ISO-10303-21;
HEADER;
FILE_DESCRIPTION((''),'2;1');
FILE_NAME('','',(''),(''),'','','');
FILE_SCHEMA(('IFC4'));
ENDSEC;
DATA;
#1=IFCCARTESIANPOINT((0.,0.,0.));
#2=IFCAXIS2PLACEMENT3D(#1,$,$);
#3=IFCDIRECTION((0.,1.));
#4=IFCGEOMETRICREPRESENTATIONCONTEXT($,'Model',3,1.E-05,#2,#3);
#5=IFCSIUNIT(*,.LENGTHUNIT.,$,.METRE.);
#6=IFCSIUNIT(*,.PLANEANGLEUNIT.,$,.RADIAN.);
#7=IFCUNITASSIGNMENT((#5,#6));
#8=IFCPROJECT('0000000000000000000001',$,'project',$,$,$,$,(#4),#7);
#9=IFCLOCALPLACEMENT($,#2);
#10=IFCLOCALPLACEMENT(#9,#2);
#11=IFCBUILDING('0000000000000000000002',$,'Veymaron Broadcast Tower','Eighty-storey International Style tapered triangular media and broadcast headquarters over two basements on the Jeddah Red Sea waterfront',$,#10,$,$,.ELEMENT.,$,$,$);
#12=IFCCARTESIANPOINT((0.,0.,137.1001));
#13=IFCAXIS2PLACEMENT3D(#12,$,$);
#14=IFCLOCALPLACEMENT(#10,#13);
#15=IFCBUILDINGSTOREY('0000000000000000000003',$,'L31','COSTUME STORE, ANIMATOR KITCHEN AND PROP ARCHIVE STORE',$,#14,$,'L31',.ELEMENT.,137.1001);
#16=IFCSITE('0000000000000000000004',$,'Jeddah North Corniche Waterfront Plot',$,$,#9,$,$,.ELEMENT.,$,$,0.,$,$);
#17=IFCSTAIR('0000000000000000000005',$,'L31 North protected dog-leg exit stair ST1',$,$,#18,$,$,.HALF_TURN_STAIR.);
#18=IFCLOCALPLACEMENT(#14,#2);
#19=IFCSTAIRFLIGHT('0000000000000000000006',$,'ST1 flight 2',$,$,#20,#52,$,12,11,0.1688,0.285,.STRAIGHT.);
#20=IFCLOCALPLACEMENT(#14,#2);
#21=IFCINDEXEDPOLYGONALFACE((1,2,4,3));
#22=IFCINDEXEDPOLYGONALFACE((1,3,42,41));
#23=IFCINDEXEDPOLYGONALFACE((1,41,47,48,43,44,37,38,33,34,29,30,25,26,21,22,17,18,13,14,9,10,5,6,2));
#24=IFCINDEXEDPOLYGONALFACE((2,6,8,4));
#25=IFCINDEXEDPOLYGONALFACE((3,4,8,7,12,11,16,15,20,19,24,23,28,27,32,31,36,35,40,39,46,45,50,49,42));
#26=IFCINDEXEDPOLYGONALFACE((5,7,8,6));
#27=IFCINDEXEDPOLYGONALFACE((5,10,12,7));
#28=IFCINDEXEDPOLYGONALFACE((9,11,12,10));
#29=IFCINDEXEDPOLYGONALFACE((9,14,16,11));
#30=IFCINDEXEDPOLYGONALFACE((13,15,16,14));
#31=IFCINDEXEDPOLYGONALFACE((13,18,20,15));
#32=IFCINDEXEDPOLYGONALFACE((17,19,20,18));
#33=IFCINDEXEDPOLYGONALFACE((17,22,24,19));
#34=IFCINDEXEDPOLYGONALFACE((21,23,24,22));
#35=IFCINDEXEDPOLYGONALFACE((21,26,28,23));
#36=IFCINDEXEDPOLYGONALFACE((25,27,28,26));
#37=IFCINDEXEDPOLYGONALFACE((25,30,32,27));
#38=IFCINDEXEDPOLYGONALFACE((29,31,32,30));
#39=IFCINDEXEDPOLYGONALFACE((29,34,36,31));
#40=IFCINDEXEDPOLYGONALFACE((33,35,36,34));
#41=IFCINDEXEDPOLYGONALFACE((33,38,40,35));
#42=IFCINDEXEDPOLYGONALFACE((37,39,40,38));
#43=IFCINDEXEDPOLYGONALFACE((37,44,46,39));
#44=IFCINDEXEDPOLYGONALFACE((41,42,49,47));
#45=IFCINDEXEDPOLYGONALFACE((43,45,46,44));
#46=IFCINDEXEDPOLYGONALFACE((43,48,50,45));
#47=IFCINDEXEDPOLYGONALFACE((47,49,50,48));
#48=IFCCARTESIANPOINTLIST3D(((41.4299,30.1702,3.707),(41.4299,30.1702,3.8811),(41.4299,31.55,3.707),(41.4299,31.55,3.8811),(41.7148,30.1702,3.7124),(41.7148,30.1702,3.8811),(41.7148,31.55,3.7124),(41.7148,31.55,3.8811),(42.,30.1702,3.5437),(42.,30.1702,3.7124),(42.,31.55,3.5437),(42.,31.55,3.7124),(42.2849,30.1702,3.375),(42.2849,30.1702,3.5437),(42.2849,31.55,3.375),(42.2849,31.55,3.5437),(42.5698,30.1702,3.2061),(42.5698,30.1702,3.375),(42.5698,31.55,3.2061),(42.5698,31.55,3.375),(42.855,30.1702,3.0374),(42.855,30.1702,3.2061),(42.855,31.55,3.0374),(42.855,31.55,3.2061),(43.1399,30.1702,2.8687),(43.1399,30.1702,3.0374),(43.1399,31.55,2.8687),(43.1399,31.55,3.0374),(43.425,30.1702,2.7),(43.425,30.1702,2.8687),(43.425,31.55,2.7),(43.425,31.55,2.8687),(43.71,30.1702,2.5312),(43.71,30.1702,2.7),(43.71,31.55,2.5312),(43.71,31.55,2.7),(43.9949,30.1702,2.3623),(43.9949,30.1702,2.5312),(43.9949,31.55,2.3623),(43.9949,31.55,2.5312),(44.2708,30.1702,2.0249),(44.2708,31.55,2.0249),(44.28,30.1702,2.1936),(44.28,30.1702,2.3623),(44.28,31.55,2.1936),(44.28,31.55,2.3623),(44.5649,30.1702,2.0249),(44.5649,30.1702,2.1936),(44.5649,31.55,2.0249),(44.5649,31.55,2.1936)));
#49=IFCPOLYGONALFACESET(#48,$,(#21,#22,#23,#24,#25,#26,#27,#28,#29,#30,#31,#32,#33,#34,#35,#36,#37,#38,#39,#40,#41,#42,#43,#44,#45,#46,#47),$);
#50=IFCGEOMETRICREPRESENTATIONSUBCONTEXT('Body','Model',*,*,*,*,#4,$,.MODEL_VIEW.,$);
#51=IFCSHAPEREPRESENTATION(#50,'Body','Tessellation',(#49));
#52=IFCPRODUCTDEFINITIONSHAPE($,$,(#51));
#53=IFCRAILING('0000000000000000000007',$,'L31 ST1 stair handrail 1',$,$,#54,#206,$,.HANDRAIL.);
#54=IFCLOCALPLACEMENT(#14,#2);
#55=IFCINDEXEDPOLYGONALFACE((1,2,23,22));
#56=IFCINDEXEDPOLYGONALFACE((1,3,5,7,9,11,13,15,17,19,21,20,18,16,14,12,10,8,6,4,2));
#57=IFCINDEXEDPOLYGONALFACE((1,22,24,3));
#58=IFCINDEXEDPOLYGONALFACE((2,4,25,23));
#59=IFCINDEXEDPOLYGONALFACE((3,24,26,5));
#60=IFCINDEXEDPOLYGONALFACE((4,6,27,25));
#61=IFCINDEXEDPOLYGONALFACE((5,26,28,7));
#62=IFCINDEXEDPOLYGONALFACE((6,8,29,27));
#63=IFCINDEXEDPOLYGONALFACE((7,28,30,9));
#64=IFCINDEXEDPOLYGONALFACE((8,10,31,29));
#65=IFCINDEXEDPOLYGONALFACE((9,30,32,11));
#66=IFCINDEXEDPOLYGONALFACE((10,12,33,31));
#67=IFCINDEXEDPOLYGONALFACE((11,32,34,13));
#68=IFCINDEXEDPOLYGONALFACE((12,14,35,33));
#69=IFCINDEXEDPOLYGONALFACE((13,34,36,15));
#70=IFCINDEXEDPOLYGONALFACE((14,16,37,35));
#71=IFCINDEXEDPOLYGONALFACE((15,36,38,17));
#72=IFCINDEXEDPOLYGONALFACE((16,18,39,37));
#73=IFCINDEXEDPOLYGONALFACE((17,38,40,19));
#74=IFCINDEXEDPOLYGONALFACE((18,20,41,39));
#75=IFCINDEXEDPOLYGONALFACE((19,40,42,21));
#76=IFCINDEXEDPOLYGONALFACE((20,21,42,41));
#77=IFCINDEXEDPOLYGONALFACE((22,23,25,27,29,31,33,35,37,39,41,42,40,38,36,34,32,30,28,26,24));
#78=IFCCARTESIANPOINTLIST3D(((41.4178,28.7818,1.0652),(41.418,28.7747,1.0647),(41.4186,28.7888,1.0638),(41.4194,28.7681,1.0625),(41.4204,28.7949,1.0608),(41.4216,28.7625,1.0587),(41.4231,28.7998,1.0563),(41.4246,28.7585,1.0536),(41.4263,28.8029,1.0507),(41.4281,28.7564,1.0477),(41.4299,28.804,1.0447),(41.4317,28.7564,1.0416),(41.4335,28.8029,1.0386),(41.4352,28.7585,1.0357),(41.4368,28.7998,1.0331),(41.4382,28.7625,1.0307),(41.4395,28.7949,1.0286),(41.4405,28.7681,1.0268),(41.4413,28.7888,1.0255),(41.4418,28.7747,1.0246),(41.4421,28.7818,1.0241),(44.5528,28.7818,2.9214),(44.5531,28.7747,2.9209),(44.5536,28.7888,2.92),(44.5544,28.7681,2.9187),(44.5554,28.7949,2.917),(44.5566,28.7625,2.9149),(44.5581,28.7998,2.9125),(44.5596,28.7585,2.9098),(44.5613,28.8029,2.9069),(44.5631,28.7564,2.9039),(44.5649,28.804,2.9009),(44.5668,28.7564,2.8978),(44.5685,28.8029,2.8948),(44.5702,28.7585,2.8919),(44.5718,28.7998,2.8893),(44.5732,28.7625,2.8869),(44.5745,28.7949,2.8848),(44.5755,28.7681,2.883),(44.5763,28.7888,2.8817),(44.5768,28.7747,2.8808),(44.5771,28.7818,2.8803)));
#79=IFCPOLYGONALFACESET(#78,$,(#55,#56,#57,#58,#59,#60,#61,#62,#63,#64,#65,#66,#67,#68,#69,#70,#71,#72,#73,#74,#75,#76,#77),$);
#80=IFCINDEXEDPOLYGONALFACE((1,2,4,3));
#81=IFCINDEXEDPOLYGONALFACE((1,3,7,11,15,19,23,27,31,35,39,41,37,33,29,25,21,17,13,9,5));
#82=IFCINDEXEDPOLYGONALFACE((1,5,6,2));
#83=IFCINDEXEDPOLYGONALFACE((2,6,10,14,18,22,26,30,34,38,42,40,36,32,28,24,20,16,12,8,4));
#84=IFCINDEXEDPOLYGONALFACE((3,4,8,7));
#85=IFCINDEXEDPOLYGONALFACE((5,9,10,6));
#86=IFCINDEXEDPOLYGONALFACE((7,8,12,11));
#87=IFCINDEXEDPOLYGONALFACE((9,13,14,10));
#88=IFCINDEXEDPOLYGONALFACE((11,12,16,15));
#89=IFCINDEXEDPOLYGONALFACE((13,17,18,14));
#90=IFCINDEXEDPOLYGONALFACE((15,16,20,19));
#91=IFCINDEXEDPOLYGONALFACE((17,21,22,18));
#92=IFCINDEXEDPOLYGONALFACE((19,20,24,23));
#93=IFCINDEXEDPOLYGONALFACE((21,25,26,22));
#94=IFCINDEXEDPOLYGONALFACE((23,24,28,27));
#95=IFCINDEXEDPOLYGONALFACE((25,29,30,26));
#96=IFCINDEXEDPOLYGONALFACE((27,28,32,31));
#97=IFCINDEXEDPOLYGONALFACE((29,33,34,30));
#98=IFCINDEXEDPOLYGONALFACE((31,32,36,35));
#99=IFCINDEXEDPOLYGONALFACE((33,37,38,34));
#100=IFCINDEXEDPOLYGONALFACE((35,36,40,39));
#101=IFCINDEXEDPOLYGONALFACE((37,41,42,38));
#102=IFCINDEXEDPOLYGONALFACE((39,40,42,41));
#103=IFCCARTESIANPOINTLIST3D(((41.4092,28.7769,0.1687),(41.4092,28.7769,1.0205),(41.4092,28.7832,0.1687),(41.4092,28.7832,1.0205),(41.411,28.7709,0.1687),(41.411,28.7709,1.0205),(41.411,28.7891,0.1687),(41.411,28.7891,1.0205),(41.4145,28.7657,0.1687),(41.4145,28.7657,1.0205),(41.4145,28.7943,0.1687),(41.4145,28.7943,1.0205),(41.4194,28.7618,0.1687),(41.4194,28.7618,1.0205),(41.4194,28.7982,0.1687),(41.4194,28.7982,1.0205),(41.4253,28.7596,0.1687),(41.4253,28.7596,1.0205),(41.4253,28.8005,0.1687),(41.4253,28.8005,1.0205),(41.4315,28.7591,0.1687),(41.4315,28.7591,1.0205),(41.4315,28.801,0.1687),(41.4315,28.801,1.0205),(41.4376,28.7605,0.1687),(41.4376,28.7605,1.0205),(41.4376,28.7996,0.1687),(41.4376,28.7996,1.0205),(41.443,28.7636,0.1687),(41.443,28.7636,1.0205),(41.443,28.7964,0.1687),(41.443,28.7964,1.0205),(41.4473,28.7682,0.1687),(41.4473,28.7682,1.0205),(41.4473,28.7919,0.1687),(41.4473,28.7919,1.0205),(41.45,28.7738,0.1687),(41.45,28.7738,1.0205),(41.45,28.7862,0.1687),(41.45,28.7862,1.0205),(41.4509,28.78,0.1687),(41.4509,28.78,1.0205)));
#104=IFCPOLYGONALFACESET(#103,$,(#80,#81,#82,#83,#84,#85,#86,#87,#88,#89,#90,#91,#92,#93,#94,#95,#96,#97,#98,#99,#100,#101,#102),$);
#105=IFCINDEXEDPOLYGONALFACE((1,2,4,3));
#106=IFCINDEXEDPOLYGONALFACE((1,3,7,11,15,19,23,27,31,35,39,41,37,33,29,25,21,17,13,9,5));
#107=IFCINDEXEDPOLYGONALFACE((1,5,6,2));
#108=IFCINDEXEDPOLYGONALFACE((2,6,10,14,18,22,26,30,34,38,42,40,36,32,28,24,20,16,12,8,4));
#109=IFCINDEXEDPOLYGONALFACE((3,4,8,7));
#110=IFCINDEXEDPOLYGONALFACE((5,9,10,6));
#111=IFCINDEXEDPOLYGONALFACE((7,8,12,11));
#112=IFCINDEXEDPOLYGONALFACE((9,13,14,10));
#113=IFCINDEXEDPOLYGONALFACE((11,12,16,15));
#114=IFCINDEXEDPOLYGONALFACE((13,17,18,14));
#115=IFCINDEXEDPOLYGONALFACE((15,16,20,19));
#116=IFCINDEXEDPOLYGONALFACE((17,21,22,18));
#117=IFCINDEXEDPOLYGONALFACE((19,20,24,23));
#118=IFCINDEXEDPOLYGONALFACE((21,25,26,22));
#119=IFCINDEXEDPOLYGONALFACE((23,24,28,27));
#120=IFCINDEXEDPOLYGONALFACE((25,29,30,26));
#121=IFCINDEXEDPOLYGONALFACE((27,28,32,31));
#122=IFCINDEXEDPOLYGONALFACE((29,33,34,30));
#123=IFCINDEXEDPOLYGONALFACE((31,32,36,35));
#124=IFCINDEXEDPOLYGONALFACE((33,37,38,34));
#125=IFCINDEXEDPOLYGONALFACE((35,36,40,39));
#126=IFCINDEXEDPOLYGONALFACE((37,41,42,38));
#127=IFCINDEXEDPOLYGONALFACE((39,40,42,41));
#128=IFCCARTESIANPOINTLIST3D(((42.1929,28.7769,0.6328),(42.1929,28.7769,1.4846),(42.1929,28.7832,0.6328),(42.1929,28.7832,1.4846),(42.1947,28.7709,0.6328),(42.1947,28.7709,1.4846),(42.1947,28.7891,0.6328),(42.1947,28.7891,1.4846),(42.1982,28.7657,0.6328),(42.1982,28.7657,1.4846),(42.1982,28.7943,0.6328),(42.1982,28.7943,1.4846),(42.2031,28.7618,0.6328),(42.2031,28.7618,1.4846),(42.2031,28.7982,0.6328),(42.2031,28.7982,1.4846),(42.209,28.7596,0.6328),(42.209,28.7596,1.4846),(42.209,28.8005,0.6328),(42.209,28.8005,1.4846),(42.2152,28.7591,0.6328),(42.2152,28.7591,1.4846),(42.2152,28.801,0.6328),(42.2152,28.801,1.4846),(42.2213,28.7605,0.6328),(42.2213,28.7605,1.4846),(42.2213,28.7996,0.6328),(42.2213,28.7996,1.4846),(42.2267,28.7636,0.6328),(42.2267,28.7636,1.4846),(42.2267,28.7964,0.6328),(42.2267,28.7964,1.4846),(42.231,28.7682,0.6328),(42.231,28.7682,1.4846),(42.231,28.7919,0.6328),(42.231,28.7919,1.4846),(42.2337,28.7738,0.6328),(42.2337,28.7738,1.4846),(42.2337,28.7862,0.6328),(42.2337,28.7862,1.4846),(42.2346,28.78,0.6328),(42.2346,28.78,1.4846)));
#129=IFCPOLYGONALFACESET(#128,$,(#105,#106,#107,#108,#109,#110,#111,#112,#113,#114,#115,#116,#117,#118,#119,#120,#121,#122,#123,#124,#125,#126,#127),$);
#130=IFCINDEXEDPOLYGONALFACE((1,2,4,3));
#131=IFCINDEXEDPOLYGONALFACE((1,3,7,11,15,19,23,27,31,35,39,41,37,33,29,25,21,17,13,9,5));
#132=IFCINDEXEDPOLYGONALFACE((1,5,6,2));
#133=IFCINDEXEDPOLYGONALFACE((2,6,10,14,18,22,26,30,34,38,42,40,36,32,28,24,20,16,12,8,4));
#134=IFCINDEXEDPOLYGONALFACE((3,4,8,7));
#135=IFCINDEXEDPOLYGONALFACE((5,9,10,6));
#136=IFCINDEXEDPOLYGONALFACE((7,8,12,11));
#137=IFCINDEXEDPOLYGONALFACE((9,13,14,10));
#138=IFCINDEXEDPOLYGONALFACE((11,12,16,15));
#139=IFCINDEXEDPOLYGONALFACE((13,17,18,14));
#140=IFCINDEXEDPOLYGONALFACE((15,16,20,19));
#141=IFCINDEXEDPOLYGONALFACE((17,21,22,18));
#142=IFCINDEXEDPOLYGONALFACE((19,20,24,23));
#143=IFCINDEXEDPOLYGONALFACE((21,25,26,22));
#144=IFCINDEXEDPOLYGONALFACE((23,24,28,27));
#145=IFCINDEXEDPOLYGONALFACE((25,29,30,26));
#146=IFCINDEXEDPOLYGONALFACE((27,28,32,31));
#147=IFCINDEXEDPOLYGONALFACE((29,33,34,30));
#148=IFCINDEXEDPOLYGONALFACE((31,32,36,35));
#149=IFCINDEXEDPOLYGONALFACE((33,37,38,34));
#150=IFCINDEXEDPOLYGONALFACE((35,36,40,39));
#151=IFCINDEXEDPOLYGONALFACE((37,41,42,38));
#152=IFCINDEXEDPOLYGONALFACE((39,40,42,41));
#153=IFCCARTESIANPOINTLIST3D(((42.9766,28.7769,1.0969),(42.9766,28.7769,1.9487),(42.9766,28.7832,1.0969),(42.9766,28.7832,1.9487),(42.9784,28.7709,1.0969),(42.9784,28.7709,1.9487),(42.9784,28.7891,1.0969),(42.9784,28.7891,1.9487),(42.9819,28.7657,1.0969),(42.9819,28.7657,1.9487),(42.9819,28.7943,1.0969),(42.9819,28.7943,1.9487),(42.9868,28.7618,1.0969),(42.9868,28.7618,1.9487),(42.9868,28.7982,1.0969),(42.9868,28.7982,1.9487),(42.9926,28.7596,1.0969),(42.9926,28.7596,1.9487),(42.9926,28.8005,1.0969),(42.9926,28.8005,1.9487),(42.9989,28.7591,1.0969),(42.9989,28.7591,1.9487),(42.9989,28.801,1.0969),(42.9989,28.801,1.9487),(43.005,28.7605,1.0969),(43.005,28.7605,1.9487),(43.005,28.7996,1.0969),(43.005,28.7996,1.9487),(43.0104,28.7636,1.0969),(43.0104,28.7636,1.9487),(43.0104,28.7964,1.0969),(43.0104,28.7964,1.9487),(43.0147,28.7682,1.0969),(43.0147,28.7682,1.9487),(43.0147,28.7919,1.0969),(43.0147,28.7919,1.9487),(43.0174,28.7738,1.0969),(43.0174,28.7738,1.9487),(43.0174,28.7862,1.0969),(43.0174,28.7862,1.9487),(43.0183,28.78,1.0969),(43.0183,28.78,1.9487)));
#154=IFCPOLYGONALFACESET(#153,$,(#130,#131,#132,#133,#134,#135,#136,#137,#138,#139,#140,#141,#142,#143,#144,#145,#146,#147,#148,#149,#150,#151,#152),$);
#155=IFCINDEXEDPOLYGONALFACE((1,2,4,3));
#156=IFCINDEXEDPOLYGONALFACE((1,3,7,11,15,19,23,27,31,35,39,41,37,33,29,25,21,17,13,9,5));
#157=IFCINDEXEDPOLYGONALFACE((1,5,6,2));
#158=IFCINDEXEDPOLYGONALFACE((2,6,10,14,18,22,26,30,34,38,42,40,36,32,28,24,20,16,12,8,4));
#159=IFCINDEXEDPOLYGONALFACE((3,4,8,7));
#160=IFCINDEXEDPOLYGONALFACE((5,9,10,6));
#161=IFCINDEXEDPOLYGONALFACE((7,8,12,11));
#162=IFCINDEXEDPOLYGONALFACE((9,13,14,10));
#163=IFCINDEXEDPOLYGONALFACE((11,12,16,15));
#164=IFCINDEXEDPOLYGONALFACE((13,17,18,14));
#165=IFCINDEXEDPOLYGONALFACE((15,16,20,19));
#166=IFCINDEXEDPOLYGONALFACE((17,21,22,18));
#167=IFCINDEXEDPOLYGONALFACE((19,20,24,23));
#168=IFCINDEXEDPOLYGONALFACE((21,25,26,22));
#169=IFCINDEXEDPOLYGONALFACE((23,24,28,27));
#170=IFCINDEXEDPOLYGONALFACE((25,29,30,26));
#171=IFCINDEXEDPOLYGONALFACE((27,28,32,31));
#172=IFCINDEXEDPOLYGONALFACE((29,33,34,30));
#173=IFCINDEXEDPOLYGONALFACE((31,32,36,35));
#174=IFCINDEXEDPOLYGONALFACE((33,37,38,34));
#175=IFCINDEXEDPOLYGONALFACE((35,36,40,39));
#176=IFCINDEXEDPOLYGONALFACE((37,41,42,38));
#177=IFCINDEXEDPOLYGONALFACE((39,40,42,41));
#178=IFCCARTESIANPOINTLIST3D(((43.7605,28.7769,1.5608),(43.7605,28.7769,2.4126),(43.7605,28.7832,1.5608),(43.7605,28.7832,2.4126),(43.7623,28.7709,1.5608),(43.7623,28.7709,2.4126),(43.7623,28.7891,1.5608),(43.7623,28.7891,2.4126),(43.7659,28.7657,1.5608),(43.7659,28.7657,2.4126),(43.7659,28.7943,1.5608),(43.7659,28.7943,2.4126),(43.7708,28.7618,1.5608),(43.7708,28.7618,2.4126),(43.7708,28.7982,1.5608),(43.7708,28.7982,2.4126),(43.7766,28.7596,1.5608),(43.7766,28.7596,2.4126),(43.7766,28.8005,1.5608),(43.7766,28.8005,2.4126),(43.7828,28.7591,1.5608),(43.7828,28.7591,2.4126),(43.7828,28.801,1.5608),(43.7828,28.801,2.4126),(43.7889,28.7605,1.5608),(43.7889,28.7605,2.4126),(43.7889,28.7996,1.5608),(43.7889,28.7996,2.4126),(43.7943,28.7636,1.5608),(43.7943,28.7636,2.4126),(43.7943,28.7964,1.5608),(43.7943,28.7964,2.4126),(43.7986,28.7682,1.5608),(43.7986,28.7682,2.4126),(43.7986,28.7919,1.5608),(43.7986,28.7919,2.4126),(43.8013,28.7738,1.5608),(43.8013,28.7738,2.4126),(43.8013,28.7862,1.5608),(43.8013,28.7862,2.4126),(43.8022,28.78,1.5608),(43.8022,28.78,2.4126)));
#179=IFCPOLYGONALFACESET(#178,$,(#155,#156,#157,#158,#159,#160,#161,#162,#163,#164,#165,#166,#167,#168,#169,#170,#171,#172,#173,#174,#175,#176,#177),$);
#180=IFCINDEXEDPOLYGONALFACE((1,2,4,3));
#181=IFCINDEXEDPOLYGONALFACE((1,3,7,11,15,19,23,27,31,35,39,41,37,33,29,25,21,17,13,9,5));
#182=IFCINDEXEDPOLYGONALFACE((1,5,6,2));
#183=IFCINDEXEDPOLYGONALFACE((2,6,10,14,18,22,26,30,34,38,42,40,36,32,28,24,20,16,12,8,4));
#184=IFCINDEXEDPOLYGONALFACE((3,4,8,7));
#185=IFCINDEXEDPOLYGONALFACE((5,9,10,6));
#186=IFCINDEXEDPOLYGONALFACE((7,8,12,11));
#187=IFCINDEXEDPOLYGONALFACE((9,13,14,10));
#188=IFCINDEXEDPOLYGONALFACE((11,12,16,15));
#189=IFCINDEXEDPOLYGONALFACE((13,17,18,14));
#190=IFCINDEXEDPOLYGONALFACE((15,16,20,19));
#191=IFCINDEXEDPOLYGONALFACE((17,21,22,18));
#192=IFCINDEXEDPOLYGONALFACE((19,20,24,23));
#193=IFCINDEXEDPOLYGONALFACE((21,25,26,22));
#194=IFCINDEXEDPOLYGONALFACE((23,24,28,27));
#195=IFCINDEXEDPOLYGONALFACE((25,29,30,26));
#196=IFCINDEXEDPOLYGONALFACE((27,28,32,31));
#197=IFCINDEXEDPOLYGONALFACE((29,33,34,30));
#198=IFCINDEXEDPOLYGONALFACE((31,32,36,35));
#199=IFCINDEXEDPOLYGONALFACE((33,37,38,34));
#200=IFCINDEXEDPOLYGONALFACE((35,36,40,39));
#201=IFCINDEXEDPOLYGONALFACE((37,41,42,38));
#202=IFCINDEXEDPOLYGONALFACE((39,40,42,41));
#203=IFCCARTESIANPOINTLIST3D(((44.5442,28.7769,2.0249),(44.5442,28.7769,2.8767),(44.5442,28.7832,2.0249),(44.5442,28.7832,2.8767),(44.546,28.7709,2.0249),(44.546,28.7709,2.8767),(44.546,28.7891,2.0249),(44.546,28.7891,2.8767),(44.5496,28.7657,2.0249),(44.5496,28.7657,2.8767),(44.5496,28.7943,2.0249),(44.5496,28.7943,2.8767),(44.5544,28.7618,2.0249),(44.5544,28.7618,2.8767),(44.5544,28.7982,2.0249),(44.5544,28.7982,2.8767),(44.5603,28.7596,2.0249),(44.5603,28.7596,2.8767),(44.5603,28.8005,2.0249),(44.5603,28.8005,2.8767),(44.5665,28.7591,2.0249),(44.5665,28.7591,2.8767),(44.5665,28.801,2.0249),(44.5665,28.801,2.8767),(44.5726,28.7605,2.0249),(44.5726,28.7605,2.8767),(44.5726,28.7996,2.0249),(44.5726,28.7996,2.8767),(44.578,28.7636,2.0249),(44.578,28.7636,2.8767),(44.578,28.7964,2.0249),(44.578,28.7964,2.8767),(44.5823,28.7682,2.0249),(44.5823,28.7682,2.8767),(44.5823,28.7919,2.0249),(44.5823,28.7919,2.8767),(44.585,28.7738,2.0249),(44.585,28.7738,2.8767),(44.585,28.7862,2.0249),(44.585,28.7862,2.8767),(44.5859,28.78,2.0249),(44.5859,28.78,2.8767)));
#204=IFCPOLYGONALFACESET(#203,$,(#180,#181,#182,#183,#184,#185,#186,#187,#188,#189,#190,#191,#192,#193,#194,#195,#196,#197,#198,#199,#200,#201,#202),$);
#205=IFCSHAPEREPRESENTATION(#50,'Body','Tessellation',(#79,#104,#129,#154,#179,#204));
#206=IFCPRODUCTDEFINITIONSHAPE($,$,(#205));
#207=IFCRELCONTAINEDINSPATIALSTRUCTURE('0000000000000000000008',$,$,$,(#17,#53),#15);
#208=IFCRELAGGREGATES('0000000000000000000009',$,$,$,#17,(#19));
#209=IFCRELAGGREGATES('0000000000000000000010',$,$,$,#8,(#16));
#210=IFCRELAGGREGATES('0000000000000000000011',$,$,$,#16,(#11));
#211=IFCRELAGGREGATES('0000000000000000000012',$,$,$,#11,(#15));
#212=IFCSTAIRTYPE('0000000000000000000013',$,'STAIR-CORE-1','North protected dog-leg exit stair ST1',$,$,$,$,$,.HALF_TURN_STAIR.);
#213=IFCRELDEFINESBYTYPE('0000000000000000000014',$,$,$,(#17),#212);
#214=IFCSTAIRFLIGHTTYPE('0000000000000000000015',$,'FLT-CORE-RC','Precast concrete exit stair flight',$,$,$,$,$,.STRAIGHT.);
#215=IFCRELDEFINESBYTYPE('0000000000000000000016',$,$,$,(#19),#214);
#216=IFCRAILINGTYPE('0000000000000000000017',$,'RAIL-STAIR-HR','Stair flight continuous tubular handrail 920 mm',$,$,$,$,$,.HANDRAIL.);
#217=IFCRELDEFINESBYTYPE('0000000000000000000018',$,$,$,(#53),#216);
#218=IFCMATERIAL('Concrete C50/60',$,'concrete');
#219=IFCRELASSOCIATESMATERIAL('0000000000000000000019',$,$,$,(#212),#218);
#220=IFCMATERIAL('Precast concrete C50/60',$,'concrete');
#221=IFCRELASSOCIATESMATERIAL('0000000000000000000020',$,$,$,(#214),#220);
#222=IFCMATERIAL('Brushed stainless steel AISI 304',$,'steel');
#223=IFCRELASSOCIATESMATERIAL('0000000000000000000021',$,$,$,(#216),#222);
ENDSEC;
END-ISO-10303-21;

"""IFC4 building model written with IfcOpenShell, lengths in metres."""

from ifc_helpers import new_model, si_unit, direction, frame, origin, origin_2d, place, context, subcontext, project, spatial, polyline, circle, outline, extrude, material, type_object, element, aggregate, save


model = new_model("IFC4")

# Units and contexts
model_context = context("Model", 3, precision=1e-05, world=origin(), true_north=direction((0.0, 1.0)))
body_context = subcontext(model_context, "Body", "Model", "MODEL_VIEW")
ifc_project = project(units=[si_unit("LENGTHUNIT", "METRE"), si_unit("PLANEANGLEUNIT", "RADIAN")], contexts=[model_context])

# Site, building, storey
site_placement = place(None, origin())
site = spatial("IfcSite", under=ifc_project, at=site_placement, Name="Jeddah North Corniche Waterfront Plot", CompositionType="ELEMENT", RefElevation=0.0)
building_placement = place(site_placement, origin())
building = spatial("IfcBuilding", under=site, at=building_placement, Name="Veymaron Broadcast Tower", Description="Eighty-storey International Style tapered triangular media and broadcast headquarters over two basements on the Jeddah Red Sea waterfront", CompositionType="ELEMENT")
storey_placement = place(building_placement, frame((0.0, 0.0, 137.1001)))
storey = spatial("IfcBuildingStorey", under=building, at=storey_placement, Name="L31", Description="COSTUME STORE, ANIMATOR KITCHEN AND PROP ARCHIVE STORE", LongName="L31", CompositionType="ELEMENT", Elevation=137.1001)

# Shared definitions
ifc_material_1 = material(Name="Brushed stainless steel AISI 304", Category="steel")

# Shared definitions
ifc_material_2 = material(Name="Concrete C50/60", Category="concrete")

# Stair, stair flight
stair_type = type_object("IfcStairType", Name="STAIR-CORE-1", Description="North protected dog-leg exit stair ST1", PredefinedType="HALF_TURN_STAIR", material=ifc_material_2)
stair_placement = place(storey_placement, origin())
stair = element("IfcStair", 1, at=stair_placement, inside=storey, type_object=stair_type, Name="L31 North protected dog-leg exit stair ST1", PredefinedType="HALF_TURN_STAIR")
ifc_material_3 = material(Name="Precast concrete C50/60", Category="concrete")
stair_flight_type = type_object("IfcStairFlightType", Name="FLT-CORE-RC", Description="Precast concrete exit stair flight", PredefinedType="STRAIGHT", material=ifc_material_3)
stair_flight_1_placement = place(storey_placement, frame((44.5649, 30.8601, 2.0249), z_axis=(0.0, 0.0, 1.0), x_axis=(-1.0, 0.0, 0.0)))
stair_flight_1 = element("IfcStairFlight", 2, at=stair_flight_1_placement, type_object=stair_flight_type, Name="ST1 flight 2", NumberOfRisers=12, NumberOfTreads=11, PredefinedType="STRAIGHT", RiserHeight=0.1688, TreadLength=0.285, context=body_context, shape_type="SweptSolid", body=[
    extrude(outline(polyline([(0.0, 0.0), (0.0, 0.1687), (0.2849, 0.1687), (0.2849, 0.3374), (0.5701, 0.3374), (0.5701, 0.5063), (0.855, 0.5063), (0.855, 0.675), (1.1399, 0.675), (1.1399, 0.8438), (1.425, 0.8438), (1.425, 1.0125), (1.71, 1.0125), (1.71, 1.1812), (1.9951, 1.1812), (1.9951, 1.3501), (2.28, 1.3501), (2.28, 1.5188), (2.5649, 1.5188), (2.5649, 1.6875), (2.8501, 1.6875), (2.8501, 1.8562), (3.135, 1.8562), (3.135, 2.0249), (3.135, 1.6821), (0.2942, 0.0), (0.0, 0.0)])), frame((0.0, 0.6899, 0.0), z_axis=(0.0, -1.0, 0.0), x_axis=(1.0, 0.0, 0.0)), (0.0, 0.0, 1.0), 1.3799),
])
aggregate(stair, [stair_flight_1])

# Railing
railing_type_1 = type_object("IfcRailingType", Name="RAIL-STAIR-HR", Description="Stair flight continuous tubular handrail 920 mm", PredefinedType="HANDRAIL", material=ifc_material_1)
railing_1_placement = place(storey_placement, frame((41.4299, 28.78, 0.1687)))
element("IfcRailing", 3, at=railing_1_placement, inside=storey, type_object=railing_type_1, Name="L31 ST1 stair handrail 1", PredefinedType="HANDRAIL", context=body_context, shape_type="SweptSolid", body=[
    extrude(circle(Radius=0.0239, at=origin_2d()), frame((0.0, 0.0, 0.876), z_axis=(0.860482, 0.0, 0.509481), x_axis=(0.0, 1.0, 0.0)), (0.0, 0.0, 1.0), 3.6433),
    extrude(circle(Radius=0.021, at=origin_2d()), origin(), (0.0, 0.0, 1.0), 0.8518),
    extrude(circle(Radius=0.021, at=origin_2d()), frame((0.7837, 0.0, 0.4641)), (0.0, 0.0, 1.0), 0.8518),
    extrude(circle(Radius=0.021, at=origin_2d()), frame((1.5674, 0.0, 0.9282)), (0.0, 0.0, 1.0), 0.8518),
    extrude(circle(Radius=0.021, at=origin_2d()), frame((2.3513, 0.0, 1.3921)), (0.0, 0.0, 1.0), 0.8518),
    extrude(circle(Radius=0.021, at=origin_2d()), frame((3.135, 0.0, 1.8562)), (0.0, 0.0, 1.0), 0.8518),
])

save(model, "model.ifc")
